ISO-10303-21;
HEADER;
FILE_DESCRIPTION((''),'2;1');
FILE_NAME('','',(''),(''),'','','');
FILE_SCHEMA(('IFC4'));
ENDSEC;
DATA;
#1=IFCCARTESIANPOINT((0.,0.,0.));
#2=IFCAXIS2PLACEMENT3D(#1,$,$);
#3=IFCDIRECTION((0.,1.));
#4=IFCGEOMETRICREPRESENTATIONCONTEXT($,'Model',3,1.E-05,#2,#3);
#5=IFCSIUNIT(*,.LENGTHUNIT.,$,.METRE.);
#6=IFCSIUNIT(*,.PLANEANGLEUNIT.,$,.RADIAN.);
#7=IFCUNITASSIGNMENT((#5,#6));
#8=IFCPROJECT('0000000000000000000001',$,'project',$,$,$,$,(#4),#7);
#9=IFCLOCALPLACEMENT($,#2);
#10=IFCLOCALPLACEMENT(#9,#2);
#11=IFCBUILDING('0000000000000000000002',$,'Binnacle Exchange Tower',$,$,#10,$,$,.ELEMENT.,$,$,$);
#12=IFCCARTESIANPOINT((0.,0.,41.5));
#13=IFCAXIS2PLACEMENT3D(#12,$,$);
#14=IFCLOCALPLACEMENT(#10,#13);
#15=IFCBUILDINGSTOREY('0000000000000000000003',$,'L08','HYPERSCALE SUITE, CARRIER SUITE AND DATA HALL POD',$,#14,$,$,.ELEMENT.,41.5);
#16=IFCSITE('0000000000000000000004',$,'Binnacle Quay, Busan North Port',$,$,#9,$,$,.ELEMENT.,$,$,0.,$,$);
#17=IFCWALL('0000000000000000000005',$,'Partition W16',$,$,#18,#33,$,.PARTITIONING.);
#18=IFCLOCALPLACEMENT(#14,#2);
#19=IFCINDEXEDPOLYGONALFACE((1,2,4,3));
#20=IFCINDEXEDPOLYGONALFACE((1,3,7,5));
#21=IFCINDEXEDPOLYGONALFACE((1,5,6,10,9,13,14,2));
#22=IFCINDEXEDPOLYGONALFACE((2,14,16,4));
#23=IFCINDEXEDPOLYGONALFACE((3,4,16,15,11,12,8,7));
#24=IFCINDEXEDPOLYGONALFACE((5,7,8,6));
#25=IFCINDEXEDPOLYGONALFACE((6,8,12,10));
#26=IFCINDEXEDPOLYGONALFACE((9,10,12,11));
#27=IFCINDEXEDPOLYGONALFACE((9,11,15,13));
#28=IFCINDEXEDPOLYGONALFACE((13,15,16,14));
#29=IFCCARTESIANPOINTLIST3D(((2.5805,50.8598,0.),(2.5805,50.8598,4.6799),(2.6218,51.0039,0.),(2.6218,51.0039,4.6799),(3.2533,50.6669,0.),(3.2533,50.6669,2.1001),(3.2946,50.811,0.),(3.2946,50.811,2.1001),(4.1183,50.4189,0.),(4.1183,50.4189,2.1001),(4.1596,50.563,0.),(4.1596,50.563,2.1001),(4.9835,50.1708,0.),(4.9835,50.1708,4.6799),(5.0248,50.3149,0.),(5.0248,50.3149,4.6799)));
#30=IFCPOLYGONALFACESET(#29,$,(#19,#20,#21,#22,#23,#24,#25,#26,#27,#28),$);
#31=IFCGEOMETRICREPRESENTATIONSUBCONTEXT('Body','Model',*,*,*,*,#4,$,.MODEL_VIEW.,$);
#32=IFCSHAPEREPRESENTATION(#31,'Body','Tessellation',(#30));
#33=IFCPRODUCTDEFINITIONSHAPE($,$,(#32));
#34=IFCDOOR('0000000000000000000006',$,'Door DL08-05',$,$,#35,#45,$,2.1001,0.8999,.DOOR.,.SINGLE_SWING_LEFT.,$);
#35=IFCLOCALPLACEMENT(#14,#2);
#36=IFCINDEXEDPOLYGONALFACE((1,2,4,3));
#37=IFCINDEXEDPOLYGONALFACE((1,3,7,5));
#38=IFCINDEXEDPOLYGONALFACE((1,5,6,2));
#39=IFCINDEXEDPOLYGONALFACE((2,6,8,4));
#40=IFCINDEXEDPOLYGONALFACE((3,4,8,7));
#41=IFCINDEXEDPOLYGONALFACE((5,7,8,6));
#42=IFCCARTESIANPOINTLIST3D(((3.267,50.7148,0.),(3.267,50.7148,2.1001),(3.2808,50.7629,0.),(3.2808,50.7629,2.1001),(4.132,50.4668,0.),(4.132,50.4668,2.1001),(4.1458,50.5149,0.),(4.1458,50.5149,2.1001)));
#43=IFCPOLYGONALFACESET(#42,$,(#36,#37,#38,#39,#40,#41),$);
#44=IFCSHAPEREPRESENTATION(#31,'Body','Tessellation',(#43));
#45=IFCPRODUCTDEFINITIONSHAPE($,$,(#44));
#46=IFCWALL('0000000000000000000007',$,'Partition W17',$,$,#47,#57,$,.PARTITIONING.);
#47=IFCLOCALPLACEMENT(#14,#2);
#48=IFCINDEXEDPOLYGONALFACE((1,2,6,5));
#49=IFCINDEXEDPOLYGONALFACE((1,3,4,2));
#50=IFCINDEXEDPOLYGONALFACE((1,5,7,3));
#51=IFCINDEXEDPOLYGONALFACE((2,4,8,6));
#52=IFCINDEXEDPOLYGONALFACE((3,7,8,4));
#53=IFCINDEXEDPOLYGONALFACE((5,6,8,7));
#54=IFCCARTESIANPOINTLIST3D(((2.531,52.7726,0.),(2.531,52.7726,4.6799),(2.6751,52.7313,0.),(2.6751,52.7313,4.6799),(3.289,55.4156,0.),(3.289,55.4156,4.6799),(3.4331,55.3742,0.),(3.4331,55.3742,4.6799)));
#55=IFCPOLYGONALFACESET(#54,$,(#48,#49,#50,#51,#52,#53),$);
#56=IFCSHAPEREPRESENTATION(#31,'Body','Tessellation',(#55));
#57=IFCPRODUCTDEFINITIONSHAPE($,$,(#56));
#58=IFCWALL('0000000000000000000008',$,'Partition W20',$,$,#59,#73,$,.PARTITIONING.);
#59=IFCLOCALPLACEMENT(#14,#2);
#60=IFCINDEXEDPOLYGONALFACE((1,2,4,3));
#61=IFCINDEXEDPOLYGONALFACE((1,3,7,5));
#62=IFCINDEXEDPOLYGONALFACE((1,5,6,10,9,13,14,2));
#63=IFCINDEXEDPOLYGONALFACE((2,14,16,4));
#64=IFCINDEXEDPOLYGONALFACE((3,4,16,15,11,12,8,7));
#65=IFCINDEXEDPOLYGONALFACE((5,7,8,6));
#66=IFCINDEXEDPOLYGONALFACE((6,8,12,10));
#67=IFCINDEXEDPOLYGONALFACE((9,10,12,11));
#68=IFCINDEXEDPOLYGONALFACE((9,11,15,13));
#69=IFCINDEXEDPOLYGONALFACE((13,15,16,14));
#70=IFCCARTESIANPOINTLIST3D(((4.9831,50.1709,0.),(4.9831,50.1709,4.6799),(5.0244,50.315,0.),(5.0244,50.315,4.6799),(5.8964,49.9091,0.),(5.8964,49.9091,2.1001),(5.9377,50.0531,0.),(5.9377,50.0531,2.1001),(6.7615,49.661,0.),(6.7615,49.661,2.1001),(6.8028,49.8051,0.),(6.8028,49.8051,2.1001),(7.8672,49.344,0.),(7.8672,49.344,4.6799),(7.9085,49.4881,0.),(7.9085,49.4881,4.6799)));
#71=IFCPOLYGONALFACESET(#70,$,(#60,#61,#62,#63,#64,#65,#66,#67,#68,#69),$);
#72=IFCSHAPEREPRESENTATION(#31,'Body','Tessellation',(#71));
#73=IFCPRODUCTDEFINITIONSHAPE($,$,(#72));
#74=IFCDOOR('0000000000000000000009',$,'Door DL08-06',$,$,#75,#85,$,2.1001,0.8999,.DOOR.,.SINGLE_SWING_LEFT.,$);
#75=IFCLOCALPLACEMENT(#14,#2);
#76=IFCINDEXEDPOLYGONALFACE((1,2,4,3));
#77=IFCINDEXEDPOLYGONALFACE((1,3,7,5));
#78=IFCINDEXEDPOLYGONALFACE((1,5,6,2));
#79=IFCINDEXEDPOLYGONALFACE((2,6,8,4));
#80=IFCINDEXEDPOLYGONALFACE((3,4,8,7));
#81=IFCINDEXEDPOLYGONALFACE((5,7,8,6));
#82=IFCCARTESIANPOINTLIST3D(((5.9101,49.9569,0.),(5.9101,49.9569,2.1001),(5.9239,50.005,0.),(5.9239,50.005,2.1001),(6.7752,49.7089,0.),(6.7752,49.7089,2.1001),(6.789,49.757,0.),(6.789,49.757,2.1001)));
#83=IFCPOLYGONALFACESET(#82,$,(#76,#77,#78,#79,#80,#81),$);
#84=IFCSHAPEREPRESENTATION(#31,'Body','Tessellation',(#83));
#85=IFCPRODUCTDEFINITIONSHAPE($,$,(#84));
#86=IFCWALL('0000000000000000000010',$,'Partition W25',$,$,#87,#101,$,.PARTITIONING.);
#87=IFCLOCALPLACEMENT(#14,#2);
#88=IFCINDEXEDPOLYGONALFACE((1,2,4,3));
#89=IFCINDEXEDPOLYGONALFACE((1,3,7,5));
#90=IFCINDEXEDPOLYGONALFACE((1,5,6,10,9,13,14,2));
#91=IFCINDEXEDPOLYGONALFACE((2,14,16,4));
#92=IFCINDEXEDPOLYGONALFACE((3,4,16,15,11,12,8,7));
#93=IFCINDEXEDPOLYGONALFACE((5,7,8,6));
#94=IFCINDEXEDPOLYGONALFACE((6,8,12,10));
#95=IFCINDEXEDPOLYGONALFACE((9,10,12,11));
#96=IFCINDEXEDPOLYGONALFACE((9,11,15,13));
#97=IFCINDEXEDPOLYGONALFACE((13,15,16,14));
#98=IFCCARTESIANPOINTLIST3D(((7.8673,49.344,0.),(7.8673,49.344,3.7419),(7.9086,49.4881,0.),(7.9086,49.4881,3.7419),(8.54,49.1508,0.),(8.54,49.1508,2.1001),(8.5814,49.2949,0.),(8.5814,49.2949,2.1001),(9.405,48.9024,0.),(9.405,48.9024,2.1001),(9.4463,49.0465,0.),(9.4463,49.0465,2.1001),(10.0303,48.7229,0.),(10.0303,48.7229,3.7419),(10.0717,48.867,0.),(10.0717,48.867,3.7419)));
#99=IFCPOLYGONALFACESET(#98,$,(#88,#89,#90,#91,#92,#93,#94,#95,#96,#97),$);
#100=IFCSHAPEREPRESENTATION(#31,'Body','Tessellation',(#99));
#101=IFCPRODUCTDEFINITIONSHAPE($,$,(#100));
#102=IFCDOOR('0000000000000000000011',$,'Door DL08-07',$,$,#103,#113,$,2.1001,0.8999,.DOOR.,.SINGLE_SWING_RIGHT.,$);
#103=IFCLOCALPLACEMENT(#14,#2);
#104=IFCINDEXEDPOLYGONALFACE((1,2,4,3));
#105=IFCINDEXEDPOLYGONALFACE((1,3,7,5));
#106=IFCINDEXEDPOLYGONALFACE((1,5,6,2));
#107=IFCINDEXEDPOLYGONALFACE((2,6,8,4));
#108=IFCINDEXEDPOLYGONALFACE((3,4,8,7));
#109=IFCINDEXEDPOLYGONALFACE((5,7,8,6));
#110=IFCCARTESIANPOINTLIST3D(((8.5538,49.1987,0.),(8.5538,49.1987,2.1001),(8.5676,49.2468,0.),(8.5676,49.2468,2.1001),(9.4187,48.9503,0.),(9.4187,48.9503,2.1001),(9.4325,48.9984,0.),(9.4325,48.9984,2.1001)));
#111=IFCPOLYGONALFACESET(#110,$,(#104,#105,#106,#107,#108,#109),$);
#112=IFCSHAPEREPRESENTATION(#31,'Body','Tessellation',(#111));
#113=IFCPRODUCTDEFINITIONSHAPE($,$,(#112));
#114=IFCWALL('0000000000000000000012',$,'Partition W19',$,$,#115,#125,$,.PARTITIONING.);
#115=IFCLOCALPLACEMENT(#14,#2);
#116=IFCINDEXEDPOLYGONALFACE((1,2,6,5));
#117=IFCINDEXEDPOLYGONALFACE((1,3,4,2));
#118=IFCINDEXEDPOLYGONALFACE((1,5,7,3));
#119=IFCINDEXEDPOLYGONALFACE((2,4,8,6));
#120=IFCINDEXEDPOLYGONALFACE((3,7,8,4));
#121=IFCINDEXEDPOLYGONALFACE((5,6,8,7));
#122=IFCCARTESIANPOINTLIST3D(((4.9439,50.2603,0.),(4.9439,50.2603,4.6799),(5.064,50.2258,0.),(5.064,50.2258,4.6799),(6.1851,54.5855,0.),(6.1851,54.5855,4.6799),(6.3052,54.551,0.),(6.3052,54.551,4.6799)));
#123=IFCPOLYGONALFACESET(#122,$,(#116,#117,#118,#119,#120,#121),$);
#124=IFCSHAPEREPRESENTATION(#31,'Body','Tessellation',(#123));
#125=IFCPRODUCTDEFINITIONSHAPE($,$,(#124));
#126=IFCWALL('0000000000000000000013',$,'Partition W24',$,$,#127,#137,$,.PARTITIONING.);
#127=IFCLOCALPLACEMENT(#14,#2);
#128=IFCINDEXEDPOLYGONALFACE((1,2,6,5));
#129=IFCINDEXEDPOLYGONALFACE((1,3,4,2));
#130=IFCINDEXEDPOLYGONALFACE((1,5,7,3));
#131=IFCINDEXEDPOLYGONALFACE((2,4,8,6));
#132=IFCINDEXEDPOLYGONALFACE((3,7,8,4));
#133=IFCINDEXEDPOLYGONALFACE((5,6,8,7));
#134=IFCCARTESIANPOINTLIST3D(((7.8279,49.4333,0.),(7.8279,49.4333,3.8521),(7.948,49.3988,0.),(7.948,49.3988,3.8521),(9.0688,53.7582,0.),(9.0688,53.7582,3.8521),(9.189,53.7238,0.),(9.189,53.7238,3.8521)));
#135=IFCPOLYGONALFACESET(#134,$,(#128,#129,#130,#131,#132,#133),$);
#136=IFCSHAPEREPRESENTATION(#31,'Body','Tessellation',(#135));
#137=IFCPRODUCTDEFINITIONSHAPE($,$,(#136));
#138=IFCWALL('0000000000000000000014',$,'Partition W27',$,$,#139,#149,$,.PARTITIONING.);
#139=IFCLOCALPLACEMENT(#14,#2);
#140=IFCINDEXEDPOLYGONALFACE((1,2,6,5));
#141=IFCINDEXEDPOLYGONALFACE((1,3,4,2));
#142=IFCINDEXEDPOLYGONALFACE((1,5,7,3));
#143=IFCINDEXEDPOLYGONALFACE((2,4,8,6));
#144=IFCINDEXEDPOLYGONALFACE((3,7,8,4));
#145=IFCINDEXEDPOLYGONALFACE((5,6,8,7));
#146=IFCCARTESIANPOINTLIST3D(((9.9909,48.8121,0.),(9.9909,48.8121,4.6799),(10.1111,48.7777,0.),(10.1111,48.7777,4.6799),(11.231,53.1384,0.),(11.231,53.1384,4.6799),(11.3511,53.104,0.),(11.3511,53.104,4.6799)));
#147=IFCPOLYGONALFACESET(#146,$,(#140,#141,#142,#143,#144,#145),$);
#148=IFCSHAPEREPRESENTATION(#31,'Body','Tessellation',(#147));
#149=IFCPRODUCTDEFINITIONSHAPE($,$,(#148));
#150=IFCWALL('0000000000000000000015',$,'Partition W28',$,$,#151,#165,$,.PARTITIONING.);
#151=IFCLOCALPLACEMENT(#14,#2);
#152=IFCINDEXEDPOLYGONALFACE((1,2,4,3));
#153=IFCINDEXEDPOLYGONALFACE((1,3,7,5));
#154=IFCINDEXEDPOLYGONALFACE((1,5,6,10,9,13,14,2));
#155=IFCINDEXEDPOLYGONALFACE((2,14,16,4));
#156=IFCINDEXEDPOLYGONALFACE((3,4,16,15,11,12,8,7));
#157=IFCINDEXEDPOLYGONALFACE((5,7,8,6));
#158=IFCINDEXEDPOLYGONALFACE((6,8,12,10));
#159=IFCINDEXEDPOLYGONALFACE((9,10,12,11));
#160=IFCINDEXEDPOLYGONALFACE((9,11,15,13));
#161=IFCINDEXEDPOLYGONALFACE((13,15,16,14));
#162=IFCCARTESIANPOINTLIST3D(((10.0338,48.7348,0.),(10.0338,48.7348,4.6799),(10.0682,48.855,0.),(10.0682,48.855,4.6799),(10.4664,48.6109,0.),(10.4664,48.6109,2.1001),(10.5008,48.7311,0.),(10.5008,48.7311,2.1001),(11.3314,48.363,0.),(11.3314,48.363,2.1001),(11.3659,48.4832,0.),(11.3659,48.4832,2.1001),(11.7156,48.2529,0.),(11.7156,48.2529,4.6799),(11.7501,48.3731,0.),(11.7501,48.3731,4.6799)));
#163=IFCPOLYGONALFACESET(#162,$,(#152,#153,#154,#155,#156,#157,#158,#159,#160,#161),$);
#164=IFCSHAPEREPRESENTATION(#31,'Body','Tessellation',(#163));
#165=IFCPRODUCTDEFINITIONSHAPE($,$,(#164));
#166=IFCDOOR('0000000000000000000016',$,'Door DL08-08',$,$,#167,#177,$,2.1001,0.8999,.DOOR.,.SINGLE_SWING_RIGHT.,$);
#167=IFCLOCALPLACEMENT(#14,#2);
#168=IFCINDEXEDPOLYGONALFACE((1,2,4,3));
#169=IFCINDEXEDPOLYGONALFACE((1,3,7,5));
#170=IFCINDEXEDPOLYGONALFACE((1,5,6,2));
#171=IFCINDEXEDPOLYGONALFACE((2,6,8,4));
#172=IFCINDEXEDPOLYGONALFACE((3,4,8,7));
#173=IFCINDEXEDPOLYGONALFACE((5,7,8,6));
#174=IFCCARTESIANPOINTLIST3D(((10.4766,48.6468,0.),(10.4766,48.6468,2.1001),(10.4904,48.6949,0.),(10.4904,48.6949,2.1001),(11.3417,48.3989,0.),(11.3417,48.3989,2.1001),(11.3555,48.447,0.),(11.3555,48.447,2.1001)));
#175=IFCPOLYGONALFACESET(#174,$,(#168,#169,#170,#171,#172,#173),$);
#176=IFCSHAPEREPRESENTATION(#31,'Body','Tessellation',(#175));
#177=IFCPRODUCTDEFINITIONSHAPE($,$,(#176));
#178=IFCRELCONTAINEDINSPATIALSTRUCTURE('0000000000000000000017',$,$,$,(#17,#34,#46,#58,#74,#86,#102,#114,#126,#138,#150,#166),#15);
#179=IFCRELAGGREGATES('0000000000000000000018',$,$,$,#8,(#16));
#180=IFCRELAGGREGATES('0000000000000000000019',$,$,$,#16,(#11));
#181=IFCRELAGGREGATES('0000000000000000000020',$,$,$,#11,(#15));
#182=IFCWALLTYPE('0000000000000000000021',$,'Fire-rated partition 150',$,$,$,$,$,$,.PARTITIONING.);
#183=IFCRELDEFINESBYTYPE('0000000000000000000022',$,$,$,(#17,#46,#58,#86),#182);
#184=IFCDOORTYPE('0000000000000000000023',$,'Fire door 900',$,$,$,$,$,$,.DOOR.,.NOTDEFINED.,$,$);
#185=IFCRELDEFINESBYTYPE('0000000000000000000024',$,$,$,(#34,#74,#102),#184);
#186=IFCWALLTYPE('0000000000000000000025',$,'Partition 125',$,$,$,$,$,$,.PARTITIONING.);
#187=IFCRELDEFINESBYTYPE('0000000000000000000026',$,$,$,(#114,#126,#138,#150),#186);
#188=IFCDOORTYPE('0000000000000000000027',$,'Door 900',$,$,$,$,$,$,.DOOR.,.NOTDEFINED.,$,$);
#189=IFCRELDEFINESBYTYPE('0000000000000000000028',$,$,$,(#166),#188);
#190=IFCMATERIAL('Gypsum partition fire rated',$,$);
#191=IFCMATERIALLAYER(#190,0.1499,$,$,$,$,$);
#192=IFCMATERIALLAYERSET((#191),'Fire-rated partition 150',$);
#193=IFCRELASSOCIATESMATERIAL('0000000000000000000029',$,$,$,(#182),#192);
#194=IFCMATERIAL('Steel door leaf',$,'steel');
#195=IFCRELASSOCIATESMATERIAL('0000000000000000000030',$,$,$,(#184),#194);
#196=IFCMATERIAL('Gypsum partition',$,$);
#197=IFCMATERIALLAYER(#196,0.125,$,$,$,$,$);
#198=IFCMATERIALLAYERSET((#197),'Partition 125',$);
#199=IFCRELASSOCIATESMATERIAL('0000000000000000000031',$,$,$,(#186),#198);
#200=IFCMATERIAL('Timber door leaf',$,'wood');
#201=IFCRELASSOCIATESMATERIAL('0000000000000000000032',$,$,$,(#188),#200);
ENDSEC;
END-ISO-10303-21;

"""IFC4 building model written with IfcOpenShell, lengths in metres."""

from ifc_helpers import new_model, si_unit, direction, frame, frame_2d, origin, place, context, subcontext, project, spatial, rectangle, extrude, material, layer, layer_set, type_object, element, fill, save


model = new_model("IFC4")

# Units and contexts
model_context = context("Model", 3, precision=1e-05, world=origin(), true_north=direction((0.0, 1.0)))
body_context = subcontext(model_context, "Body", "Model", "MODEL_VIEW")
ifc_project = project(units=[si_unit("LENGTHUNIT", "METRE"), si_unit("PLANEANGLEUNIT", "RADIAN")], contexts=[model_context])

# Site, building, storey
site_placement = place(None, origin())
site = spatial("IfcSite", under=ifc_project, at=site_placement, Name="Binnacle Quay, Busan North Port", CompositionType="ELEMENT", RefElevation=0.0)
building_placement = place(site_placement, origin())
building = spatial("IfcBuilding", under=site, at=building_placement, Name="Binnacle Exchange Tower", CompositionType="ELEMENT")
storey_placement = place(building_placement, frame((0.0, 0.0, 41.5)))
storey = spatial("IfcBuildingStorey", under=building, at=storey_placement, Name="L08", Description="HYPERSCALE SUITE, CARRIER SUITE AND DATA HALL POD", CompositionType="ELEMENT", Elevation=41.5)

# Shared definitions
ifc_material_1 = material(Name="Gypsum partition fire rated")
ifc_layer_1 = layer(ifc_material_1, 0.1499)
ifc_layer_set_1 = layer_set([ifc_layer_1], Name="Fire-rated partition 150")
wall_type_1 = type_object("IfcWallType", Name="Fire-rated partition 150", PredefinedType="PARTITIONING", material=ifc_layer_set_1)

# Wall, opening, door
wall_1_placement = place(storey_placement, frame((2.6011, 50.9319, 0.0), z_axis=(0.0, 0.0, 1.0), x_axis=(0.961266, -0.275624, 0.0)))
wall_1 = element("IfcWall", 1, at=wall_1_placement, inside=storey, type_object=wall_type_1, Name="Partition W16", PredefinedType="PARTITIONING", context=body_context, shape_type="SweptSolid", body=[
    extrude(rectangle(XDim=2.4998, YDim=0.1499, at=frame_2d((1.25, 0.0))), origin(), (0.0, 0.0, 1.0), 4.6799),
])
opening_1_placement = place(wall_1_placement, frame((0.7, 0.0, 0.0)))
opening_1 = element("IfcOpeningElement", 2, at=opening_1_placement, cuts=wall_1, PredefinedType="OPENING", context=body_context, shape_type="SweptSolid", body=[
    extrude(rectangle(XDim=0.8999, YDim=2.1001, at=frame_2d((0.45, 1.05))), frame((0.0, 0.085, 0.0), z_axis=(0.0, -1.0, 0.0), x_axis=(1.0, 0.0, 0.0)), (0.0, 0.0, 1.0), 0.1699),
])
ifc_material_2 = material(Name="Steel door leaf", Category="steel")
door_type_1 = type_object("IfcDoorType", Name="Fire door 900", OperationType="NOTDEFINED", PredefinedType="DOOR", material=ifc_material_2)
door_1_placement = place(opening_1_placement, origin())
door_1 = element("IfcDoor", 3, at=door_1_placement, inside=storey, type_object=door_type_1, Name="Door DL08-05", OperationType="SINGLE_SWING_LEFT", OverallHeight=2.1001, OverallWidth=0.8999, PredefinedType="DOOR", context=body_context, shape_type="SweptSolid", body=[
    extrude(rectangle(XDim=0.8999, YDim=2.1001, at=frame_2d((0.45, 1.05))), frame((0.0, 0.0249, 0.0), z_axis=(0.0, -1.0, 0.0), x_axis=(1.0, 0.0, 0.0)), (0.0, 0.0, 1.0), 0.05),
])
fill(opening_1, door_1)

# Wall
wall_2_placement = place(storey_placement, frame((2.603, 52.752, 0.0), z_axis=(0.0, 0.0, 1.0), x_axis=(0.275694, 0.961245, 0.0)))
element("IfcWall", 4, at=wall_2_placement, inside=storey, type_object=wall_type_1, Name="Partition W17", PredefinedType="PARTITIONING", context=body_context, shape_type="SweptSolid", body=[
    extrude(rectangle(XDim=2.7495, YDim=0.1499, at=frame_2d((1.3748, 0.0))), origin(), (0.0, 0.0, 1.0), 4.6799),
])

# Walls, openings, doors
wall_3_placement = place(storey_placement, frame((5.0039, 50.2429, 0.0), z_axis=(0.0, 0.0, 1.0), x_axis=(0.961269, -0.275613, 0.0)))
wall_3 = element("IfcWall", 5, at=wall_3_placement, inside=storey, type_object=wall_type_1, Name="Partition W20", PredefinedType="PARTITIONING", context=body_context, shape_type="SweptSolid", body=[
    extrude(rectangle(XDim=3.0002, YDim=0.1499, at=frame_2d((1.5, 0.0))), origin(), (0.0, 0.0, 1.0), 4.6799),
])
opening_2_placement = place(wall_3_placement, frame((0.95, 0.0, 0.0)))
opening_2 = element("IfcOpeningElement", 6, at=opening_2_placement, cuts=wall_3, PredefinedType="OPENING", context=body_context, shape_type="SweptSolid", body=[
    extrude(rectangle(XDim=0.8999, YDim=2.1001, at=frame_2d((0.45, 1.05))), frame((0.0, 0.085, 0.0), z_axis=(0.0, -1.0, 0.0), x_axis=(1.0, 0.0, 0.0)), (0.0, 0.0, 1.0), 0.1699),
])
door_2_placement = place(opening_2_placement, origin())
door_2 = element("IfcDoor", 7, at=door_2_placement, inside=storey, type_object=door_type_1, Name="Door DL08-06", OperationType="SINGLE_SWING_LEFT", OverallHeight=2.1001, OverallWidth=0.8999, PredefinedType="DOOR", context=body_context, shape_type="SweptSolid", body=[
    extrude(rectangle(XDim=0.8999, YDim=2.1001, at=frame_2d((0.45, 1.05))), frame((0.0, 0.0249, 0.0), z_axis=(0.0, -1.0, 0.0), x_axis=(1.0, 0.0, 0.0)), (0.0, 0.0, 1.0), 0.05),
])
fill(opening_2, door_2)
wall_4_placement = place(storey_placement, frame((7.8879, 49.416, 0.0), z_axis=(0.0, 0.0, 1.0), x_axis=(0.961163, -0.275982, 0.0)))
wall_4 = element("IfcWall", 8, at=wall_4_placement, inside=storey, type_object=wall_type_1, Name="Partition W25", PredefinedType="PARTITIONING", context=body_context, shape_type="SweptSolid", body=[
    extrude(rectangle(XDim=2.2505, YDim=0.1499, at=frame_2d((1.1252, 0.0))), origin(), (0.0, 0.0, 1.0), 3.7419),
])
opening_3_placement = place(wall_4_placement, frame((0.7, 0.0, 0.0)))
opening_3 = element("IfcOpeningElement", 9, at=opening_3_placement, cuts=wall_4, PredefinedType="OPENING", context=body_context, shape_type="SweptSolid", body=[
    extrude(rectangle(XDim=0.8999, YDim=2.1001, at=frame_2d((0.45, 1.05))), frame((0.0, 0.085, 0.0), z_axis=(0.0, -1.0, 0.0), x_axis=(1.0, 0.0, 0.0)), (0.0, 0.0, 1.0), 0.1699),
])
door_3_placement = place(opening_3_placement, origin())
door_3 = element("IfcDoor", 10, at=door_3_placement, inside=storey, type_object=door_type_1, Name="Door DL08-07", OperationType="SINGLE_SWING_RIGHT", OverallHeight=2.1001, OverallWidth=0.8999, PredefinedType="DOOR", context=body_context, shape_type="SweptSolid", body=[
    extrude(rectangle(XDim=0.8999, YDim=2.1001, at=frame_2d((0.45, 1.05))), frame((0.0, 0.0249, 0.0), z_axis=(0.0, -1.0, 0.0), x_axis=(1.0, 0.0, 0.0)), (0.0, 0.0, 1.0), 0.05),
])
fill(opening_3, door_3)

# Walls
ifc_material_3 = material(Name="Gypsum partition")
ifc_layer_2 = layer(ifc_material_3, 0.125)
ifc_layer_set_2 = layer_set([ifc_layer_2], Name="Partition 125")
wall_type_2 = type_object("IfcWallType", Name="Partition 125", PredefinedType="PARTITIONING", material=ifc_layer_set_2)
wall_5_placement = place(storey_placement, frame((5.0039, 50.2429, 0.0), z_axis=(0.0, 0.0, 1.0), x_axis=(0.275839, 0.961204, 0.0)))
element("IfcWall", 11, at=wall_5_placement, inside=storey, type_object=wall_type_2, Name="Partition W19", PredefinedType="PARTITIONING", context=body_context, shape_type="SweptSolid", body=[
    extrude(rectangle(XDim=4.4998, YDim=0.125, at=frame_2d((2.25, 0.0))), origin(), (0.0, 0.0, 1.0), 4.6799),
])
wall_6_placement = place(storey_placement, frame((7.8879, 49.416, 0.0), z_axis=(0.0, 0.0, 1.0), x_axis=(0.275803, 0.961214, 0.0)))
element("IfcWall", 12, at=wall_6_placement, inside=storey, type_object=wall_type_2, Name="Partition W24", PredefinedType="PARTITIONING", context=body_context, shape_type="SweptSolid", body=[
    extrude(rectangle(XDim=4.4995, YDim=0.125, at=frame_2d((2.2498, 0.0))), origin(), (0.0, 0.0, 1.0), 3.8521),
])
wall_7_placement = place(storey_placement, frame((10.051, 48.7949, 0.0), z_axis=(0.0, 0.0, 1.0), x_axis=(0.275531, 0.961292, 0.0)))
element("IfcWall", 13, at=wall_7_placement, inside=storey, type_object=wall_type_2, Name="Partition W27", PredefinedType="PARTITIONING", context=body_context, shape_type="SweptSolid", body=[
    extrude(rectangle(XDim=4.5005, YDim=0.125, at=frame_2d((2.2502, 0.0))), origin(), (0.0, 0.0, 1.0), 4.6799),
])

# Wall, opening, door
wall_8_placement = place(storey_placement, frame((10.051, 48.7949, 0.0), z_axis=(0.0, 0.0, 1.0), x_axis=(0.961313, -0.275458, 0.0)))
wall_8 = element("IfcWall", 14, at=wall_8_placement, inside=storey, type_object=wall_type_2, Name="Partition W28", PredefinedType="PARTITIONING", context=body_context, shape_type="SweptSolid", body=[
    extrude(rectangle(XDim=1.7495, YDim=0.125, at=frame_2d((0.8748, 0.0))), origin(), (0.0, 0.0, 1.0), 4.6799),
])
opening_4_placement = place(wall_8_placement, frame((0.45, 0.0, 0.0)))
opening_4 = element("IfcOpeningElement", 15, at=opening_4_placement, cuts=wall_8, PredefinedType="OPENING", context=body_context, shape_type="SweptSolid", body=[
    extrude(rectangle(XDim=0.8999, YDim=2.1001, at=frame_2d((0.45, 1.05))), frame((0.0, 0.0725, 0.0), z_axis=(0.0, -1.0, 0.0), x_axis=(1.0, 0.0, 0.0)), (0.0, 0.0, 1.0), 0.145),
])
ifc_material_4 = material(Name="Timber door leaf", Category="wood")
door_type_2 = type_object("IfcDoorType", Name="Door 900", OperationType="NOTDEFINED", PredefinedType="DOOR", material=ifc_material_4)
door_4_placement = place(opening_4_placement, origin())
door_4 = element("IfcDoor", 16, at=door_4_placement, inside=storey, type_object=door_type_2, Name="Door DL08-08", OperationType="SINGLE_SWING_RIGHT", OverallHeight=2.1001, OverallWidth=0.8999, PredefinedType="DOOR", context=body_context, shape_type="SweptSolid", body=[
    extrude(rectangle(XDim=0.8999, YDim=2.1001, at=frame_2d((0.45, 1.05))), frame((0.0, 0.0249, 0.0), z_axis=(0.0, -1.0, 0.0), x_axis=(1.0, 0.0, 0.0)), (0.0, 0.0, 1.0), 0.05),
])
fill(opening_4, door_4)

save(model, "model.ifc")
